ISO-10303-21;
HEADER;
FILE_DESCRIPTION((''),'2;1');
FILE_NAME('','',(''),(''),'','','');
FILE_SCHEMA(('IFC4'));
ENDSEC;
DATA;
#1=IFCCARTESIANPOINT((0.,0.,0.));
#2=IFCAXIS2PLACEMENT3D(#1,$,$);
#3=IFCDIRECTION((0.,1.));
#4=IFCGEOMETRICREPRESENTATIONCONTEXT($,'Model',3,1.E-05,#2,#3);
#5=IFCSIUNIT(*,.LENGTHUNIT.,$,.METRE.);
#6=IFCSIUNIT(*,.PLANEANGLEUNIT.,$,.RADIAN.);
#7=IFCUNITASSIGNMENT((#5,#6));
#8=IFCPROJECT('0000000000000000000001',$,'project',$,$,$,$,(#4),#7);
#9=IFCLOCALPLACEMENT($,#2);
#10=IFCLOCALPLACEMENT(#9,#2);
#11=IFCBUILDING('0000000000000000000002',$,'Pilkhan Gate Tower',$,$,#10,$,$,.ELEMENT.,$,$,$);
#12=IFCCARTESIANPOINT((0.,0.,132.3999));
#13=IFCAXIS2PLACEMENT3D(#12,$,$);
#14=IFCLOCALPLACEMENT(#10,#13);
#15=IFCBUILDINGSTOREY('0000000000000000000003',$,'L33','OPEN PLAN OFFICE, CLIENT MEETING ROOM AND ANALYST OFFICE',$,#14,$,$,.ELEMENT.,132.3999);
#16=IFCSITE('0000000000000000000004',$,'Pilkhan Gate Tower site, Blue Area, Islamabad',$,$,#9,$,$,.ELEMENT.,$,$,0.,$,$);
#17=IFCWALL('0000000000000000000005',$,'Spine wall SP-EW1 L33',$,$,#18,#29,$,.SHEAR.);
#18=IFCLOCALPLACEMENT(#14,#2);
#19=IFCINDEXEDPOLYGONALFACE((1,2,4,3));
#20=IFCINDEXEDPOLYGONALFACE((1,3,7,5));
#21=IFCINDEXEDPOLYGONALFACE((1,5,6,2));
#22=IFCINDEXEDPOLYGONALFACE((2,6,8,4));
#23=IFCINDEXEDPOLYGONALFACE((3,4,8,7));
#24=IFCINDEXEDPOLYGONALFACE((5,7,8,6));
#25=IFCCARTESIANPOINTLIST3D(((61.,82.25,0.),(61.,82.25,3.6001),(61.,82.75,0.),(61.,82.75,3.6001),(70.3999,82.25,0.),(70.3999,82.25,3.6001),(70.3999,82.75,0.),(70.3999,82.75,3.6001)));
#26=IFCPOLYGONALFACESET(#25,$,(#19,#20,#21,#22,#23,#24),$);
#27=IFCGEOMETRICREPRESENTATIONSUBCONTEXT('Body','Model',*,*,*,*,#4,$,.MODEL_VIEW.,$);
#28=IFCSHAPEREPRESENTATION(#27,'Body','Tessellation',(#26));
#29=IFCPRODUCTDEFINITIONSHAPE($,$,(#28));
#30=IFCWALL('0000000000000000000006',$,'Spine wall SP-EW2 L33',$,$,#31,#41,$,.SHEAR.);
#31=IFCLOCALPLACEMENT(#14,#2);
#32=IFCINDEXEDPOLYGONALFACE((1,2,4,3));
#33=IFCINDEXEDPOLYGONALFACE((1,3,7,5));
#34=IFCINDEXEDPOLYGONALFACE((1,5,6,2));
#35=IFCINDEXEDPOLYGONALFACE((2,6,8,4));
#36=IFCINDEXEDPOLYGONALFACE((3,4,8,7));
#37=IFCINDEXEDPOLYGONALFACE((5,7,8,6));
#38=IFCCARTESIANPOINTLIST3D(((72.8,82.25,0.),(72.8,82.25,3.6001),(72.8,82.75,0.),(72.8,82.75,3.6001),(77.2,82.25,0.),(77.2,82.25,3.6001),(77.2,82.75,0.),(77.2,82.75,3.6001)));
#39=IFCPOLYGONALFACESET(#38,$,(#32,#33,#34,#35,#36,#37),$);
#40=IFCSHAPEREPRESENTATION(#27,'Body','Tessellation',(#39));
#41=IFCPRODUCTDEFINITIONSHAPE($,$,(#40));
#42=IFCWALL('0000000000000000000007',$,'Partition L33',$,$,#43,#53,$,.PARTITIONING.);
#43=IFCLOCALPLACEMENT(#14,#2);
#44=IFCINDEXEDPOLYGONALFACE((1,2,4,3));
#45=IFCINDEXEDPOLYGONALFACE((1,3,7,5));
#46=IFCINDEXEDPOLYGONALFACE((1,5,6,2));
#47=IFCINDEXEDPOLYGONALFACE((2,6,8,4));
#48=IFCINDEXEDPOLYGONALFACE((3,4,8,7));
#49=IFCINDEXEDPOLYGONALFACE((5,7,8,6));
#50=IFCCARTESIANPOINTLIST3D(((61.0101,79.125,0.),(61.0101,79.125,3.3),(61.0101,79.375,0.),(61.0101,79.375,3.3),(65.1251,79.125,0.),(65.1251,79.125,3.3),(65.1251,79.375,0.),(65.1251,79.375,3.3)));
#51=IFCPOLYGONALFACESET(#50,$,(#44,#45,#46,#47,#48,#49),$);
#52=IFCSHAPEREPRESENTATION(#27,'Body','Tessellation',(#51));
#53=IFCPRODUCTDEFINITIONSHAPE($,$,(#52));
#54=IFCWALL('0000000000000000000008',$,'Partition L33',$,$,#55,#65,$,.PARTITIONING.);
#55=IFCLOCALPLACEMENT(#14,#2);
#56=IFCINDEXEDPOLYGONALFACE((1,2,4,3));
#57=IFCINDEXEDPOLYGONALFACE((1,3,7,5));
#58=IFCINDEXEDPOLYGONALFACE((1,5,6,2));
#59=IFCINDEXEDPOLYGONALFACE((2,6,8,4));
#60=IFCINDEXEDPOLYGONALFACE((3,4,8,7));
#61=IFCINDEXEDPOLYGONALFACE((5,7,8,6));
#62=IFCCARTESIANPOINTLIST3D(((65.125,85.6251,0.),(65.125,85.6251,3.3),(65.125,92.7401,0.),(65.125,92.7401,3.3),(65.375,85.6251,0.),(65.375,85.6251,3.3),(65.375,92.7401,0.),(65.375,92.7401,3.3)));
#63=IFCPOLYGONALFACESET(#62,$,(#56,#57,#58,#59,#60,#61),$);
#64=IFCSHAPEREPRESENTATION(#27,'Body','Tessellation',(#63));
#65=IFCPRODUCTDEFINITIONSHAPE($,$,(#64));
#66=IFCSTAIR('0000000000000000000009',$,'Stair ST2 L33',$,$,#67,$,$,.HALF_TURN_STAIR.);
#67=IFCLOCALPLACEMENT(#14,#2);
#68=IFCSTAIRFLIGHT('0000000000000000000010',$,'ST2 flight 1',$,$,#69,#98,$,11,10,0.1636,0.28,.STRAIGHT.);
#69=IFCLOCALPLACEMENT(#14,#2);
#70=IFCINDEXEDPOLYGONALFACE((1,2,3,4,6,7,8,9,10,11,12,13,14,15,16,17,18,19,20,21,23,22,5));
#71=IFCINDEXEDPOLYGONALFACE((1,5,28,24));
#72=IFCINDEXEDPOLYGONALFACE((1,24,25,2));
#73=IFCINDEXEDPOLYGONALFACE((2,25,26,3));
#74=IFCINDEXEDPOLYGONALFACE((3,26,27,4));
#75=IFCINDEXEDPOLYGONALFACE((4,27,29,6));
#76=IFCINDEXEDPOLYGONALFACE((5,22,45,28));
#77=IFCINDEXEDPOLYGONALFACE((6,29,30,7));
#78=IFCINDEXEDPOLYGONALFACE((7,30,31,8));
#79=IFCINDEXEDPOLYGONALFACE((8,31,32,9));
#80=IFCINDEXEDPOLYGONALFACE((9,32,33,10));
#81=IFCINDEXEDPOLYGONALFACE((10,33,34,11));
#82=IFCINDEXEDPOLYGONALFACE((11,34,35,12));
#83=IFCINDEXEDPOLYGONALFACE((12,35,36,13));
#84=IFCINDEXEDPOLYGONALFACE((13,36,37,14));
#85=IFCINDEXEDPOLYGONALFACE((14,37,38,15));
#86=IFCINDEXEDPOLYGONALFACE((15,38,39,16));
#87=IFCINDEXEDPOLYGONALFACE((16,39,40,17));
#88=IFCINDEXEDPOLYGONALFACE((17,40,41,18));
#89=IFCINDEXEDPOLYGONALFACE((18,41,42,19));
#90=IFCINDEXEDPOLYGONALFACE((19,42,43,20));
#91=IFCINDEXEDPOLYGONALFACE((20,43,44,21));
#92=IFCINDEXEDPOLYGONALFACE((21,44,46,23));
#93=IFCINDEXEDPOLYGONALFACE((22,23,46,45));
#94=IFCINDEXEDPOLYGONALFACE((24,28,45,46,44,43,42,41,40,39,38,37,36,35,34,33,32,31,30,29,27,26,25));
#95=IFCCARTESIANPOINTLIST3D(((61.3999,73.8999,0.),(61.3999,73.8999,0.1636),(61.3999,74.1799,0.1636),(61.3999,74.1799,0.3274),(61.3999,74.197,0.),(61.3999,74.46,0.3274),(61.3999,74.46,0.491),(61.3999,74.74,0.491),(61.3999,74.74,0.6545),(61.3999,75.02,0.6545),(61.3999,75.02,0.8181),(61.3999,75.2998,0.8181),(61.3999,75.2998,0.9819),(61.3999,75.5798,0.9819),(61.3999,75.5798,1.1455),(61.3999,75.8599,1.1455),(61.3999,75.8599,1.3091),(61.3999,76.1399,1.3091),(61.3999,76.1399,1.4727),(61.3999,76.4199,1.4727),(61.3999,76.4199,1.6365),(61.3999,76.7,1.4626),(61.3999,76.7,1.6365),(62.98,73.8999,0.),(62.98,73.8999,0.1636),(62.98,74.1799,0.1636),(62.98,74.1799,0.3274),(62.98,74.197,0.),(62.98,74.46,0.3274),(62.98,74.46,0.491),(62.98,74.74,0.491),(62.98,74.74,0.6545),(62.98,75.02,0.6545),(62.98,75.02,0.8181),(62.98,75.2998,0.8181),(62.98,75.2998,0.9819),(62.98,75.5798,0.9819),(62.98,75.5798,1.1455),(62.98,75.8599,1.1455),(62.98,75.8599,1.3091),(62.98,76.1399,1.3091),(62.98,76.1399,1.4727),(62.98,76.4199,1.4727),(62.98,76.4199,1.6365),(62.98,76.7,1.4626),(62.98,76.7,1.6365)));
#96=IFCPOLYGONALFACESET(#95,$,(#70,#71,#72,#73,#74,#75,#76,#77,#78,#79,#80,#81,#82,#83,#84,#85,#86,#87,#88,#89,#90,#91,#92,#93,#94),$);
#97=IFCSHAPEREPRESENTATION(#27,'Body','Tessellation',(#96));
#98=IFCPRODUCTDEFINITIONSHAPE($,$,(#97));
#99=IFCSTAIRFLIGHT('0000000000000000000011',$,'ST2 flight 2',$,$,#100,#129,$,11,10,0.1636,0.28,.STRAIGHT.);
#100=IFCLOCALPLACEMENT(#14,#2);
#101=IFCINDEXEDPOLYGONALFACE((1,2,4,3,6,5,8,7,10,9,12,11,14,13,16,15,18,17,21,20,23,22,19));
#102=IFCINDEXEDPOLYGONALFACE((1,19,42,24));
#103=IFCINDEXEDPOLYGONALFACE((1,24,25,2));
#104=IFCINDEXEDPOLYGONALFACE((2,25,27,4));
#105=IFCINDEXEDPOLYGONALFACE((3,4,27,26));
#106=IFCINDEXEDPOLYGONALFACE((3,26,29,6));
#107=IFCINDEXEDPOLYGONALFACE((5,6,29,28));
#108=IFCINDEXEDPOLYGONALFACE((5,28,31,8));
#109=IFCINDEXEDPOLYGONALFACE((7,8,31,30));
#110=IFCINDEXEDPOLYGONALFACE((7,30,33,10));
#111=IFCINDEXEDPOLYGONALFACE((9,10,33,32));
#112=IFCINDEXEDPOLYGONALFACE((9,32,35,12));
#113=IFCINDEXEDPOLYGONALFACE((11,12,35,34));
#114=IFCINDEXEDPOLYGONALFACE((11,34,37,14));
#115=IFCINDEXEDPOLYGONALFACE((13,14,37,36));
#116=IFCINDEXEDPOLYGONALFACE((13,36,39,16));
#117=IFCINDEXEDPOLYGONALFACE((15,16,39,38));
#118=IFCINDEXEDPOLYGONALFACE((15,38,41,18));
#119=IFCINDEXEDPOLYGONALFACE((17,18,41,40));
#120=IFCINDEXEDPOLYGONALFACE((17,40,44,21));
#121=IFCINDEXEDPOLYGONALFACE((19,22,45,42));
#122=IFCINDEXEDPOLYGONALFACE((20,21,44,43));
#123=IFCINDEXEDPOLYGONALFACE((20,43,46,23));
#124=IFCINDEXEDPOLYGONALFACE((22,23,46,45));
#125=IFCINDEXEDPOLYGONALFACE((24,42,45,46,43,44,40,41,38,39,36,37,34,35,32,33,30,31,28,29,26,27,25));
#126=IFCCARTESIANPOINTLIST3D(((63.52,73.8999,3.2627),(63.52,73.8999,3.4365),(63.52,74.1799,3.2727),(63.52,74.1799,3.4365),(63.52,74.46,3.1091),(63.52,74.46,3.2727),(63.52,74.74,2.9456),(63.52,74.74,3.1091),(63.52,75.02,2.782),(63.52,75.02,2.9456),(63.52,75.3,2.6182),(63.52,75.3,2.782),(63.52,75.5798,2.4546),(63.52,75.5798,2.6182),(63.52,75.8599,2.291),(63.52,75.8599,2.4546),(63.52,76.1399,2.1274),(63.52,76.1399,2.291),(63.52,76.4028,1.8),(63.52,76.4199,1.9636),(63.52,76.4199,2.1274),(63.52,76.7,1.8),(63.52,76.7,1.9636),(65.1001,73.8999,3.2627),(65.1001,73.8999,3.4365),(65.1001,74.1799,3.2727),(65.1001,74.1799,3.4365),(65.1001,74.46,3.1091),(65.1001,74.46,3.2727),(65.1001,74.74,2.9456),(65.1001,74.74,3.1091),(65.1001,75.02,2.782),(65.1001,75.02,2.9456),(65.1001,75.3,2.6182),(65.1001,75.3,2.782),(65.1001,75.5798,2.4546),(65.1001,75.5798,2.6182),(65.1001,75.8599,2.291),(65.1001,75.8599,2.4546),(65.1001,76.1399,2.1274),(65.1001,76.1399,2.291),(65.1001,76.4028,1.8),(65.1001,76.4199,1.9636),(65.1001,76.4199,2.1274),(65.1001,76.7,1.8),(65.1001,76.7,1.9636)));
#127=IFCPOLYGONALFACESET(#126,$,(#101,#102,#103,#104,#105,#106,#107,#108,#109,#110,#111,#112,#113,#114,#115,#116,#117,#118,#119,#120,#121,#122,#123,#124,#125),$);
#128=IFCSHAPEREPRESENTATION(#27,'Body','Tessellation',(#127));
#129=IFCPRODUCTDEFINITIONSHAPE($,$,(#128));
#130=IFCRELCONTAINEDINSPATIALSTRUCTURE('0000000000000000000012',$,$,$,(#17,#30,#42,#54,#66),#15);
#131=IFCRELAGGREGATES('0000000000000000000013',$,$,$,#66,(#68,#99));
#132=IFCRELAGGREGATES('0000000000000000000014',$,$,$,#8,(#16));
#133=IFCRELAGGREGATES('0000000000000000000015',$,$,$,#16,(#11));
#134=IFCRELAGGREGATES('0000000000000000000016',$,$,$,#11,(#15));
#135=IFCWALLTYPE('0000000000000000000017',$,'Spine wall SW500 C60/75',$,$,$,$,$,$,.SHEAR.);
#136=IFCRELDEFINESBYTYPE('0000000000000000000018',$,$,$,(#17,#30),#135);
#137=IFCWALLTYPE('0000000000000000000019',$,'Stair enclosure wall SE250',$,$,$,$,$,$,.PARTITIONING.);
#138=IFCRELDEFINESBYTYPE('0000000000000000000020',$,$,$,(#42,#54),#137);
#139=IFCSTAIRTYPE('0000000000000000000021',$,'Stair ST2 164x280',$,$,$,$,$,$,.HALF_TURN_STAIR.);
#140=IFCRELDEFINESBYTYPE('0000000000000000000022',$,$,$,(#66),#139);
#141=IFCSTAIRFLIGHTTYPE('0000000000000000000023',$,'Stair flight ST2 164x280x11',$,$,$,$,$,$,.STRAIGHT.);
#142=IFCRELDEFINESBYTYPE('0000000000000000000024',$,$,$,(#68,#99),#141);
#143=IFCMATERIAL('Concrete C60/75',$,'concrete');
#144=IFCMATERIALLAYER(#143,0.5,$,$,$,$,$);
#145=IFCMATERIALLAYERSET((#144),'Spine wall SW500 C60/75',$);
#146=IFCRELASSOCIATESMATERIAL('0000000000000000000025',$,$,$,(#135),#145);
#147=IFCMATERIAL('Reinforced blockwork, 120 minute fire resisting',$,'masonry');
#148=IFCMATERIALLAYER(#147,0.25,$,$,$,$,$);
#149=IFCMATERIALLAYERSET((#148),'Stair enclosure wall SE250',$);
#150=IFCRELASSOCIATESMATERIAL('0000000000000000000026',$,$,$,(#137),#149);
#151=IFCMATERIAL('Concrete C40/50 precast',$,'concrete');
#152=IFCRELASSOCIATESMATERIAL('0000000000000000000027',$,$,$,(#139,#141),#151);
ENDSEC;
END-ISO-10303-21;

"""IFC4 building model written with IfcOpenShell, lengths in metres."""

from ifc_helpers import new_model, si_unit, direction, frame, frame_2d, origin, place, context, subcontext, project, spatial, polyline, rectangle, outline, extrude, material, layer, layer_set, type_object, element, aggregate, save


model = new_model("IFC4")

# Units and contexts
model_context = context("Model", 3, precision=1e-05, world=origin(), true_north=direction((0.0, 1.0)))
body_context = subcontext(model_context, "Body", "Model", "MODEL_VIEW")
ifc_project = project(units=[si_unit("LENGTHUNIT", "METRE"), si_unit("PLANEANGLEUNIT", "RADIAN")], contexts=[model_context])

# Site, building, storey
site_placement = place(None, origin())
site = spatial("IfcSite", under=ifc_project, at=site_placement, Name="Pilkhan Gate Tower site, Blue Area, Islamabad", CompositionType="ELEMENT", RefElevation=0.0)
building_placement = place(site_placement, origin())
building = spatial("IfcBuilding", under=site, at=building_placement, Name="Pilkhan Gate Tower", CompositionType="ELEMENT")
storey_placement = place(building_placement, frame((0.0, 0.0, 132.3999)))
storey = spatial("IfcBuildingStorey", under=building, at=storey_placement, Name="L33", Description="OPEN PLAN OFFICE, CLIENT MEETING ROOM AND ANALYST OFFICE", CompositionType="ELEMENT", Elevation=132.3999)

# Shared definitions
ifc_material_1 = material(Name="Concrete C60/75", Category="concrete")

# Walls
ifc_layer_1 = layer(ifc_material_1, 0.5)
ifc_layer_set_1 = layer_set([ifc_layer_1], Name="Spine wall SW500 C60/75")
wall_type_1 = type_object("IfcWallType", Name="Spine wall SW500 C60/75", PredefinedType="SHEAR", material=ifc_layer_set_1)
wall_1_placement = place(storey_placement, frame((61.0, 82.5, 0.0), z_axis=(0.0, 0.0, 1.0), x_axis=(1.0, 0.0, 0.0)))
element("IfcWall", 1, at=wall_1_placement, inside=storey, type_object=wall_type_1, Name="Spine wall SP-EW1 L33", PredefinedType="SHEAR", context=body_context, shape_type="SweptSolid", body=[
    extrude(rectangle(XDim=9.3999, YDim=0.5, at=frame_2d((4.7, 0.0))), origin(), (0.0, 0.0, 1.0), 3.6001),
])
wall_2_placement = place(storey_placement, frame((72.8, 82.5, 0.0), z_axis=(0.0, 0.0, 1.0), x_axis=(1.0, 0.0, 0.0)))
element("IfcWall", 2, at=wall_2_placement, inside=storey, type_object=wall_type_1, Name="Spine wall SP-EW2 L33", PredefinedType="SHEAR", context=body_context, shape_type="SweptSolid", body=[
    extrude(rectangle(XDim=4.3999, YDim=0.5, at=frame_2d((2.2, 0.0))), origin(), (0.0, 0.0, 1.0), 3.6001),
])
ifc_material_2 = material(Name="Reinforced blockwork, 120 minute fire resisting", Category="masonry")
ifc_layer_2 = layer(ifc_material_2, 0.25)
ifc_layer_set_2 = layer_set([ifc_layer_2], Name="Stair enclosure wall SE250")
wall_type_2 = type_object("IfcWallType", Name="Stair enclosure wall SE250", PredefinedType="PARTITIONING", material=ifc_layer_set_2)
wall_3_placement = place(storey_placement, frame((61.01, 79.25, 0.0), z_axis=(0.0, 0.0, 1.0), x_axis=(1.0, 0.0, 0.0)))
element("IfcWall", 3, at=wall_3_placement, inside=storey, type_object=wall_type_2, Name="Partition L33", PredefinedType="PARTITIONING", context=body_context, shape_type="SweptSolid", body=[
    extrude(rectangle(XDim=4.115, YDim=0.25, at=frame_2d((2.0576, 0.0))), origin(), (0.0, 0.0, 1.0), 3.3),
])
wall_4_placement = place(storey_placement, frame((65.25, 85.625, 0.0), z_axis=(0.0, 0.0, 1.0), x_axis=(0.0, 1.0, 0.0)))
element("IfcWall", 4, at=wall_4_placement, inside=storey, type_object=wall_type_2, Name="Partition L33", PredefinedType="PARTITIONING", context=body_context, shape_type="SweptSolid", body=[
    extrude(rectangle(XDim=7.115, YDim=0.25, at=frame_2d((3.5576, 0.0))), origin(), (0.0, 0.0, 1.0), 3.3),
])

# Stair, stair flights
ifc_material_3 = material(Name="Concrete C40/50 precast", Category="concrete")
stair_type = type_object("IfcStairType", Name="Stair ST2 164x280", PredefinedType="HALF_TURN_STAIR", material=ifc_material_3)
stair_placement = place(storey_placement, origin())
stair = element("IfcStair", 5, at=stair_placement, inside=storey, type_object=stair_type, Name="Stair ST2 L33", PredefinedType="HALF_TURN_STAIR")
stair_flight_type = type_object("IfcStairFlightType", Name="Stair flight ST2 164x280x11", PredefinedType="STRAIGHT", material=ifc_material_3)
stair_flight_1_placement = place(storey_placement, frame((62.1899, 73.8999, 0.0), z_axis=(0.0, 0.0, 1.0), x_axis=(0.0, 1.0, 0.0)))
stair_flight_1 = element("IfcStairFlight", 6, at=stair_flight_1_placement, type_object=stair_flight_type, Name="ST2 flight 1", NumberOfRisers=11, NumberOfTreads=10, PredefinedType="STRAIGHT", RiserHeight=0.1636, TreadLength=0.28, context=body_context, shape_type="SweptSolid", body=[
    extrude(outline(polyline([(0.0, 0.0), (0.0, 0.1636), (0.28, 0.1636), (0.28, 0.3274), (0.5601, 0.3274), (0.5601, 0.491), (0.8401, 0.491), (0.8401, 0.6545), (1.1201, 0.6545), (1.1201, 0.8181), (1.3999, 0.8181), (1.3999, 0.9819), (1.6799, 0.9819), (1.6799, 1.1455), (1.96, 1.1455), (1.96, 1.3091), (2.24, 1.3091), (2.24, 1.4727), (2.52, 1.4727), (2.52, 1.6365), (2.8, 1.6365), (2.8, 1.8), (2.8, 1.4626), (0.2971, 0.0), (0.0, 0.0)])), frame((0.0, 0.79, 0.0), z_axis=(0.0, -1.0, 0.0), x_axis=(1.0, 0.0, 0.0)), (0.0, 0.0, 1.0), 1.5801),
])
stair_flight_2_placement = place(storey_placement, frame((64.3101, 76.7, 1.8), z_axis=(0.0, 0.0, 1.0), x_axis=(0.0, -1.0, 0.0)))
stair_flight_2 = element("IfcStairFlight", 7, at=stair_flight_2_placement, type_object=stair_flight_type, Name="ST2 flight 2", NumberOfRisers=11, NumberOfTreads=10, PredefinedType="STRAIGHT", RiserHeight=0.1636, TreadLength=0.28, context=body_context, shape_type="SweptSolid", body=[
    extrude(outline(polyline([(0.0, 0.0), (0.0, 0.1636), (0.28, 0.1636), (0.28, 0.3274), (0.5601, 0.3274), (0.5601, 0.491), (0.8401, 0.491), (0.8401, 0.6545), (1.1201, 0.6545), (1.1201, 0.8181), (1.3999, 0.8181), (1.3999, 0.9819), (1.6799, 0.9819), (1.6799, 1.1455), (1.96, 1.1455), (1.96, 1.3091), (2.24, 1.3091), (2.24, 1.4727), (2.52, 1.4727), (2.52, 1.6365), (2.8, 1.6365), (2.8, 1.8), (2.8, 1.4626), (0.2971, 0.0), (0.0, 0.0)])), frame((0.0, 0.79, 0.0), z_axis=(0.0, -1.0, 0.0), x_axis=(1.0, 0.0, 0.0)), (0.0, 0.0, 1.0), 1.5801),
])
aggregate(stair, [stair_flight_1, stair_flight_2])

save(model, "model.ifc")
